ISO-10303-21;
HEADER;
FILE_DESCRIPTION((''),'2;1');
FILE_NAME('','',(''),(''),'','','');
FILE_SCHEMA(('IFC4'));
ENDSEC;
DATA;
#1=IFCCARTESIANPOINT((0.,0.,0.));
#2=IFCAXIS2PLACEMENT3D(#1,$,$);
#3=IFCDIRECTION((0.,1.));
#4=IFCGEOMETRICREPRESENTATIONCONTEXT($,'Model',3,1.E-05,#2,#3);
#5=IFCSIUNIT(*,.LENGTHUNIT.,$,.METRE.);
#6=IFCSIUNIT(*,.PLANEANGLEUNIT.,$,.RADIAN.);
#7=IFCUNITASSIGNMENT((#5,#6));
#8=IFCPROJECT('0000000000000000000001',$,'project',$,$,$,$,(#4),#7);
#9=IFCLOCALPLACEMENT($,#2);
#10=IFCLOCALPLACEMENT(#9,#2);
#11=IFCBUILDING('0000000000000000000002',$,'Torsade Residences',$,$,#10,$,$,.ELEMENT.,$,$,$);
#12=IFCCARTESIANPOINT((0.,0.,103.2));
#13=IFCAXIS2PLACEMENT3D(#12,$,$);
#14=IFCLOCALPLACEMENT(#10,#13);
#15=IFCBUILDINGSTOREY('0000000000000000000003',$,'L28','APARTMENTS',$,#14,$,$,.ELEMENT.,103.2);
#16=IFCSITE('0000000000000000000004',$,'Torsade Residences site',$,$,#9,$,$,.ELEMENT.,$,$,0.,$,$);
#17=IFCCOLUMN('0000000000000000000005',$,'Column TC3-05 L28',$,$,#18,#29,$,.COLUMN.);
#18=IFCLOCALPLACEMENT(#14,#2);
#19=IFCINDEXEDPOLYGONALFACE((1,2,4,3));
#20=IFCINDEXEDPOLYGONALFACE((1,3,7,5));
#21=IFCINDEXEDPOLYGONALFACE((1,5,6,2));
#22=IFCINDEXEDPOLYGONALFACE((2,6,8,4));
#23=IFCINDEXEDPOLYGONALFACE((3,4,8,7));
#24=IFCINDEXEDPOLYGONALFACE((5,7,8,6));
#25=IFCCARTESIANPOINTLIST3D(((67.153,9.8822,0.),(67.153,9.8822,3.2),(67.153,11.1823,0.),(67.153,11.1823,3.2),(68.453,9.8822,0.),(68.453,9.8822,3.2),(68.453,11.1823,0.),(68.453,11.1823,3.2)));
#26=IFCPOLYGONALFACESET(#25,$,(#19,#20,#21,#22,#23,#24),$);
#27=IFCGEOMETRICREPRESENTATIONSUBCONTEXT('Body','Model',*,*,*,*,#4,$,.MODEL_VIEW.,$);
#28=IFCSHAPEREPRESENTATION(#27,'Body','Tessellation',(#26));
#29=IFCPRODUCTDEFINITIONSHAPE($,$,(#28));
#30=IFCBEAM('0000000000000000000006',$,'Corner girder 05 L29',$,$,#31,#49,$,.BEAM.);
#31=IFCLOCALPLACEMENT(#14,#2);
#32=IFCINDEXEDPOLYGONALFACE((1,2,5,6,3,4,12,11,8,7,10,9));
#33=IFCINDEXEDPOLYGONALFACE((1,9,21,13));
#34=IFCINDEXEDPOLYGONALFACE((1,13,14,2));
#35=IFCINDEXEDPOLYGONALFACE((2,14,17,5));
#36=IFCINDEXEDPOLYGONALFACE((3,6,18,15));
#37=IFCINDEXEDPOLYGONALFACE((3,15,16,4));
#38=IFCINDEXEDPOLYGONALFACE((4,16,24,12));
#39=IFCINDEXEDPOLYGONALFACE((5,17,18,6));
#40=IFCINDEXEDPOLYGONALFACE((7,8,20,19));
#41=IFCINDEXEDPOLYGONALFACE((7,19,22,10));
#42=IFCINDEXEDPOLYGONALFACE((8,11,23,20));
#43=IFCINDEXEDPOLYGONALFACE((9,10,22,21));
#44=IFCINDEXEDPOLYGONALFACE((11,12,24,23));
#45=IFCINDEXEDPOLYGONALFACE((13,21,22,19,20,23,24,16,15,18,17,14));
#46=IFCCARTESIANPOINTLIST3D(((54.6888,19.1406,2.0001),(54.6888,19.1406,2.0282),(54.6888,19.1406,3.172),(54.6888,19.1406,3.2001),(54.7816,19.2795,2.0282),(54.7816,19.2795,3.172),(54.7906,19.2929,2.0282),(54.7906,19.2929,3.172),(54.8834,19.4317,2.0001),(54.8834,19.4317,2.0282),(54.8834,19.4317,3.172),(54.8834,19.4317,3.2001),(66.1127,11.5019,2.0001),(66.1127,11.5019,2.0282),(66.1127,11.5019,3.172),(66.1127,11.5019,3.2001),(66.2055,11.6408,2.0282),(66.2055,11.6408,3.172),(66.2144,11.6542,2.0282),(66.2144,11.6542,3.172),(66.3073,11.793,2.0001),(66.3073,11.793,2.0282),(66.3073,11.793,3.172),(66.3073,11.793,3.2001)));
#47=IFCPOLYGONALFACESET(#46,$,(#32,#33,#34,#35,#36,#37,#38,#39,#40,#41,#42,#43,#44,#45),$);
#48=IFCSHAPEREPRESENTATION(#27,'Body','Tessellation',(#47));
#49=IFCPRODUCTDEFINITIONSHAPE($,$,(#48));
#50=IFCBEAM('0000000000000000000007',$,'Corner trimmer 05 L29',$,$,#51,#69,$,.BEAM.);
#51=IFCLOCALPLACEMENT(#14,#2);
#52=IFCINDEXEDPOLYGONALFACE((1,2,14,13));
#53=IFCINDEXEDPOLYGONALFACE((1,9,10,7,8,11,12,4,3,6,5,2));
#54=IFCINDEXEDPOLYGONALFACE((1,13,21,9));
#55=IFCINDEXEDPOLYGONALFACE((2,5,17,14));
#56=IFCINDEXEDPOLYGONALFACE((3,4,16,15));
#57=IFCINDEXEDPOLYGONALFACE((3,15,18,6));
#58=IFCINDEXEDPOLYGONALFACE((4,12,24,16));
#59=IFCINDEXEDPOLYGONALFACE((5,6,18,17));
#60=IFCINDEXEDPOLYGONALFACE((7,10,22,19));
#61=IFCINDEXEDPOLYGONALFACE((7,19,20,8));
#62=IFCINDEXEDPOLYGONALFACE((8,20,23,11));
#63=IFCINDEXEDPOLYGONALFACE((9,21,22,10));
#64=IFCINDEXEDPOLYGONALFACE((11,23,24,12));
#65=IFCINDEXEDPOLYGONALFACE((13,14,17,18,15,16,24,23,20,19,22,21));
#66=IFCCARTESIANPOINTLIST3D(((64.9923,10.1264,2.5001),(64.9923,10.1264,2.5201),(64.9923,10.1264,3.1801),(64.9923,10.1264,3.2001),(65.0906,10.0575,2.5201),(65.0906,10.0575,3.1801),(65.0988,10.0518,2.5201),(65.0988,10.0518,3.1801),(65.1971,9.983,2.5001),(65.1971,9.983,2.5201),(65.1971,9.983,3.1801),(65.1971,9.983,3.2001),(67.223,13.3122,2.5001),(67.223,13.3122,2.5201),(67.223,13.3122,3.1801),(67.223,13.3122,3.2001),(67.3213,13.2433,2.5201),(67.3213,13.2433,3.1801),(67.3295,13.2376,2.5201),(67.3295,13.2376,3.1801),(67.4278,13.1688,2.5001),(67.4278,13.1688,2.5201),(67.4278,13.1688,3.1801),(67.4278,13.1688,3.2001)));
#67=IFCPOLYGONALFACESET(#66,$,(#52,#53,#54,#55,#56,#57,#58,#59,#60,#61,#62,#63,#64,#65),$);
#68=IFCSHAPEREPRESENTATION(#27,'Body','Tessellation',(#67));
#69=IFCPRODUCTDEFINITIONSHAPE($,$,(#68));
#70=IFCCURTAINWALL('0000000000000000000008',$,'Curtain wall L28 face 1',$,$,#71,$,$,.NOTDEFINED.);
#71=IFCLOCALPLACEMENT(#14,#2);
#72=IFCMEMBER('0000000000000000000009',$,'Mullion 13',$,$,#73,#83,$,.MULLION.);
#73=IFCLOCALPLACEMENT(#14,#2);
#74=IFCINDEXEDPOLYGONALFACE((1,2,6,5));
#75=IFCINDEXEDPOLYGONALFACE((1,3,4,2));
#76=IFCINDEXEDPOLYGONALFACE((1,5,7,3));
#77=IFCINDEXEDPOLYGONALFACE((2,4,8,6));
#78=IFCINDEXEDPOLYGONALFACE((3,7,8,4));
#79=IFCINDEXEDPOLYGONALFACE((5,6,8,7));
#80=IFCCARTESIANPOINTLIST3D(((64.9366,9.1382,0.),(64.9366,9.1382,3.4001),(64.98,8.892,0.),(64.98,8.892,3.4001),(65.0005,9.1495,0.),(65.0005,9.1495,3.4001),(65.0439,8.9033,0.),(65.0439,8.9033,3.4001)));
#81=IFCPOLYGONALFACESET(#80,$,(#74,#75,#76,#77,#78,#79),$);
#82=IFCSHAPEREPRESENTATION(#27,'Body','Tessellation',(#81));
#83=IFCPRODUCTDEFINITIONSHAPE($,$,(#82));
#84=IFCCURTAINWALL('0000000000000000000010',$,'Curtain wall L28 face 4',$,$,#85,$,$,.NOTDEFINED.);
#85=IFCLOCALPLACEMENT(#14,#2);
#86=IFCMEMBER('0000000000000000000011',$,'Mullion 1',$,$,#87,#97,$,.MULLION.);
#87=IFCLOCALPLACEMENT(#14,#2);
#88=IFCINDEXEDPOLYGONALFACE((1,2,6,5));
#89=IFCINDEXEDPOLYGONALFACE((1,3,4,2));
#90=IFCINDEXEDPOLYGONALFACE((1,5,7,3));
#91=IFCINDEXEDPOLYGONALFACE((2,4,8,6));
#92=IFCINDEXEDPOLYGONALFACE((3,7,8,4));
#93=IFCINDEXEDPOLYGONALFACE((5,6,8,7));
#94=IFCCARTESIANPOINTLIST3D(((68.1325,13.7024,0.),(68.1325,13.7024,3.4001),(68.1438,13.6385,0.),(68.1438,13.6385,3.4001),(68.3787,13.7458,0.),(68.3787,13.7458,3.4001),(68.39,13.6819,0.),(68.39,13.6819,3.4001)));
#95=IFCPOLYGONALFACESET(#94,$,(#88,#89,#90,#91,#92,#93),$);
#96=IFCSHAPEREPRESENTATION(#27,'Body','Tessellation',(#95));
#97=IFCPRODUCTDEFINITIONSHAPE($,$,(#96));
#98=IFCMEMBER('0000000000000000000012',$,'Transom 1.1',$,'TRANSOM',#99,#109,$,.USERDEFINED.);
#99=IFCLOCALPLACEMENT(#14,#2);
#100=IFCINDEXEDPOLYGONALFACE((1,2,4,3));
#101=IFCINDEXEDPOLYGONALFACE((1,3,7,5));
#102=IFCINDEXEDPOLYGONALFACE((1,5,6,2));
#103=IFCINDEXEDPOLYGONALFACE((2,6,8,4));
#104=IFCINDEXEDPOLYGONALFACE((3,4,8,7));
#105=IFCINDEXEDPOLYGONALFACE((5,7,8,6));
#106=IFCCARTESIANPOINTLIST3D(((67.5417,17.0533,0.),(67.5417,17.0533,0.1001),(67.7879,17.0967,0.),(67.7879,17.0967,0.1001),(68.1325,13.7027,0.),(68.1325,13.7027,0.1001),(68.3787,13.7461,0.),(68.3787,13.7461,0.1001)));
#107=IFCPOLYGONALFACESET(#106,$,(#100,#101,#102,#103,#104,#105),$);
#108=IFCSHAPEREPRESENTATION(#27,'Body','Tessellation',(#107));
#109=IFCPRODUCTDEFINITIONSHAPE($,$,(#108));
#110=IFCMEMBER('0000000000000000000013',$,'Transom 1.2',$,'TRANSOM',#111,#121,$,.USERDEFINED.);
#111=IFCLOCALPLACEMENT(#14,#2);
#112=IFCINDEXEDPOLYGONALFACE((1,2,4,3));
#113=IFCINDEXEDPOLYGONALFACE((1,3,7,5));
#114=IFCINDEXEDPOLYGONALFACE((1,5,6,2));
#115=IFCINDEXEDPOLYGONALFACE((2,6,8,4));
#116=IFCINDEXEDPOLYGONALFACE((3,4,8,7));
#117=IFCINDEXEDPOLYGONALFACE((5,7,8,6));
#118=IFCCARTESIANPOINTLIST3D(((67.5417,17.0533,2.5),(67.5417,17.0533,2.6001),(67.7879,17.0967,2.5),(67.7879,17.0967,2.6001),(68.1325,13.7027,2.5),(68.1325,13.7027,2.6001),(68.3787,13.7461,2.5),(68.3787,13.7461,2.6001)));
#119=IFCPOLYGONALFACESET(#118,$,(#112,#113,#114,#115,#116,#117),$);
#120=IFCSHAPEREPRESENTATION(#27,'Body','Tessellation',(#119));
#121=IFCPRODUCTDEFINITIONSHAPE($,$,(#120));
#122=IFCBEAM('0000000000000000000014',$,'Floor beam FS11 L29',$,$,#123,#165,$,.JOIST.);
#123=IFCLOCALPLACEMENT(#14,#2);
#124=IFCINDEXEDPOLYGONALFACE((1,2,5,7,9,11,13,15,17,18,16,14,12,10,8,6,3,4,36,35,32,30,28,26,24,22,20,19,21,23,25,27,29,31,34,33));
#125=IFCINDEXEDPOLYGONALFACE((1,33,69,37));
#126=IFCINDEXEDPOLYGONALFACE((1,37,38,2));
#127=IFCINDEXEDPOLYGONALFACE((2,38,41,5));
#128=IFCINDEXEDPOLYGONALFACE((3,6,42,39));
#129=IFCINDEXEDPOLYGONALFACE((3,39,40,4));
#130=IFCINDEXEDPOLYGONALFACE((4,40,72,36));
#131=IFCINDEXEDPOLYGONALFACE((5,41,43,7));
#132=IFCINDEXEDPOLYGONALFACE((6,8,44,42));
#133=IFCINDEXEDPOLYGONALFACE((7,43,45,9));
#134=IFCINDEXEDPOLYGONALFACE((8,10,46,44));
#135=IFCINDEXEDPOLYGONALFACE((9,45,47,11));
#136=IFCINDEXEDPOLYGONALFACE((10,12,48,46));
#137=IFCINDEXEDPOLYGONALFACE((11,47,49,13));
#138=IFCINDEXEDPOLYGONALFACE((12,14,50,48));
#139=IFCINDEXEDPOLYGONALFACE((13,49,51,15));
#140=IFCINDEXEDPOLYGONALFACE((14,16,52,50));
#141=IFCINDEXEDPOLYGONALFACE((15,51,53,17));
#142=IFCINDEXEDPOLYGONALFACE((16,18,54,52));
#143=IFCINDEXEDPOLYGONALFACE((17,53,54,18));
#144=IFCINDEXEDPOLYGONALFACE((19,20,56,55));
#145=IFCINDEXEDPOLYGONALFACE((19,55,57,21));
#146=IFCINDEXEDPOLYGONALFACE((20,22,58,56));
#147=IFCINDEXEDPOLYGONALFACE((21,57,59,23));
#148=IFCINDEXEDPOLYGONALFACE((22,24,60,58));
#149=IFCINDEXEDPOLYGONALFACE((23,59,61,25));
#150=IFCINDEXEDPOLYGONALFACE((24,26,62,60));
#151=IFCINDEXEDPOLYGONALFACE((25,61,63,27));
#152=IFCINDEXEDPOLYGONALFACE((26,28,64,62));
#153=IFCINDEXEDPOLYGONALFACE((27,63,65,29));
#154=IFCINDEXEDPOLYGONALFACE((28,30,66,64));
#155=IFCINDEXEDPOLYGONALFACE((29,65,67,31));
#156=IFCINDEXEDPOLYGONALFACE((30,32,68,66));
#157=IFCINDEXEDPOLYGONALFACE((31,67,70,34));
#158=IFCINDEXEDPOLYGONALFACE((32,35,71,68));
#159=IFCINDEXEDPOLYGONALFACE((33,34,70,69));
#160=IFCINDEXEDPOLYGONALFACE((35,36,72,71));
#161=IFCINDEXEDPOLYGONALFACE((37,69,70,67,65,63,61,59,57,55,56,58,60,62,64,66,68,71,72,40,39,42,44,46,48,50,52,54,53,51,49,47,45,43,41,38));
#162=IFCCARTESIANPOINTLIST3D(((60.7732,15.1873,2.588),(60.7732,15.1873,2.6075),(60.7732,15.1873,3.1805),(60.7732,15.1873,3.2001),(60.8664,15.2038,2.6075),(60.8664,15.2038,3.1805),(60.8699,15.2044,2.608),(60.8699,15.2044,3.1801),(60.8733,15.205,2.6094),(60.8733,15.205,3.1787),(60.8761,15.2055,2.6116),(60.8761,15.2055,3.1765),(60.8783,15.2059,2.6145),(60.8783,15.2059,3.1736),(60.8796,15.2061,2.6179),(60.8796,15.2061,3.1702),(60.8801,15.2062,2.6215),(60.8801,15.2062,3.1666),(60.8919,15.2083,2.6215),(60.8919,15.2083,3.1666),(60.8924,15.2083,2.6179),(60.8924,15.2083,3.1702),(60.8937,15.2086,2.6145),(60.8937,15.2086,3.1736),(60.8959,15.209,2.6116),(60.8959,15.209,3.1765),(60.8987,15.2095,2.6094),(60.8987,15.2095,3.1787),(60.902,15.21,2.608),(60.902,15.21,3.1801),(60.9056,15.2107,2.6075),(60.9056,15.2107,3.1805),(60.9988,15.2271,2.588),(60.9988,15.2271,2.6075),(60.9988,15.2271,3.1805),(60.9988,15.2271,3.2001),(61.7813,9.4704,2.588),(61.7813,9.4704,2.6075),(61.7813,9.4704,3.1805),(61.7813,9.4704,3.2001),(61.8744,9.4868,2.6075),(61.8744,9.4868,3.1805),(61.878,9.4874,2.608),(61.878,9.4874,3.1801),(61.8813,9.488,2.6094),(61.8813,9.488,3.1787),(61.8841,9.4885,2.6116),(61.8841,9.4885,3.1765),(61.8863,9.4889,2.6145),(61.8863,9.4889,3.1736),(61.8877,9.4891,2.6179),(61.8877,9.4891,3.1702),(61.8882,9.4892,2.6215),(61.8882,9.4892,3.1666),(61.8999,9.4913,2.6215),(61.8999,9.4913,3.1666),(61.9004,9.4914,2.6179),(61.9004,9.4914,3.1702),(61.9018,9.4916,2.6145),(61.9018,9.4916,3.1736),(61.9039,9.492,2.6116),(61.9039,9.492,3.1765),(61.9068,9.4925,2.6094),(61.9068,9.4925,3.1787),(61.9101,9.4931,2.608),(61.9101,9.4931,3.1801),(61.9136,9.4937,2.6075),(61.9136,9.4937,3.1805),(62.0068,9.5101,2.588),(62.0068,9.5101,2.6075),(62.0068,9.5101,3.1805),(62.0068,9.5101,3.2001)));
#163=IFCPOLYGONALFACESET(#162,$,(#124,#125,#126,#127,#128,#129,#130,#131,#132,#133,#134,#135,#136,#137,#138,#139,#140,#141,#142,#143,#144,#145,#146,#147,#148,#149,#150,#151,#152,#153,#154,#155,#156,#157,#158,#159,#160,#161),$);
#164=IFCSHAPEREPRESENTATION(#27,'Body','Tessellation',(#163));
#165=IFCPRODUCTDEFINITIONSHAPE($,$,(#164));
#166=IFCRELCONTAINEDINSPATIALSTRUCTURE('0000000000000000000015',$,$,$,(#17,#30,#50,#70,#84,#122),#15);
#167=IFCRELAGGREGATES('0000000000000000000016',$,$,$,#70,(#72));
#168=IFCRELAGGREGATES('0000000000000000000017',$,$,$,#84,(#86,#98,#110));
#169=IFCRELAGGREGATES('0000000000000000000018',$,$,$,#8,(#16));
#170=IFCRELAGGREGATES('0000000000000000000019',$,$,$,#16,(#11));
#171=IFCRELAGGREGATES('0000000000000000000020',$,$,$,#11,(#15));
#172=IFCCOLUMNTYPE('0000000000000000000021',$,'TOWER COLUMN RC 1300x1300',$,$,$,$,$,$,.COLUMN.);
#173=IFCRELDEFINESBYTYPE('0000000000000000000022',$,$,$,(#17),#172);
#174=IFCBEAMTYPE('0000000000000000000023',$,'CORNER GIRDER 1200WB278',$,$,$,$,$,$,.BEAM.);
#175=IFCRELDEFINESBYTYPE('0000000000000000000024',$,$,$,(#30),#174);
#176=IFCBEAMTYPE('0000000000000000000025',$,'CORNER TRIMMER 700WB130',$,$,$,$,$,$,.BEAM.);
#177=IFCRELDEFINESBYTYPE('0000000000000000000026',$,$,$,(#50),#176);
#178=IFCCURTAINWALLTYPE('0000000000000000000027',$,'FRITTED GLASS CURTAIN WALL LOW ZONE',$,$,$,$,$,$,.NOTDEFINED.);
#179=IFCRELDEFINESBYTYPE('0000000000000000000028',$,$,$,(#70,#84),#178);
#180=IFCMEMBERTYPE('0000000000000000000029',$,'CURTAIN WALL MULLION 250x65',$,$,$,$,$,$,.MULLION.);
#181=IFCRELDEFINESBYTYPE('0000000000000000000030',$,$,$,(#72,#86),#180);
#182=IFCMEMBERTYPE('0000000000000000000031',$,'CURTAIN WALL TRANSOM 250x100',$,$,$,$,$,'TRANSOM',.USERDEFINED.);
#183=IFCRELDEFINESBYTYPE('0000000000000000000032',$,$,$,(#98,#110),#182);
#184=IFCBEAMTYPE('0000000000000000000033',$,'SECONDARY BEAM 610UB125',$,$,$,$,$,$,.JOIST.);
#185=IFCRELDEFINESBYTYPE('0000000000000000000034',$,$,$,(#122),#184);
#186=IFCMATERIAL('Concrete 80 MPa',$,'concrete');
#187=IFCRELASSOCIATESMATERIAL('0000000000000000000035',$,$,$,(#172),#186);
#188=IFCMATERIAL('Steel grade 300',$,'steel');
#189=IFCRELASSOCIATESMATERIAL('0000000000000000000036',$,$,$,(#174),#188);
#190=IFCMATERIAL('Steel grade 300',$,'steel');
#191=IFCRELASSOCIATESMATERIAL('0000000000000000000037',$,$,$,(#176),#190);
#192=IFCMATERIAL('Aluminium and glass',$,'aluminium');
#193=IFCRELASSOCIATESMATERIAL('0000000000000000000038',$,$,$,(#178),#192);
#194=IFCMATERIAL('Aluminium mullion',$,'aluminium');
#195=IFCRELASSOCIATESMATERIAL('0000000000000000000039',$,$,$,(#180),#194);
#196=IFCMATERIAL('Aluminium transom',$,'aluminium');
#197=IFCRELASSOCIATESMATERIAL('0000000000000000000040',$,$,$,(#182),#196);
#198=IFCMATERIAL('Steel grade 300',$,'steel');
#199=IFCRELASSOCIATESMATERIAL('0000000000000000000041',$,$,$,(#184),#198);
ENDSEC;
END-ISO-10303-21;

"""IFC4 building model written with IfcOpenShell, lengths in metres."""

from ifc_helpers import new_model, si_unit, direction, frame, origin, origin_2d, place, context, subcontext, project, spatial, rectangle, i_section, extrude, material, material_profile, profile_set, type_object, element, aggregate, save


model = new_model("IFC4")

# Units and contexts
model_context = context("Model", 3, precision=1e-05, world=origin(), true_north=direction((0.0, 1.0)))
body_context = subcontext(model_context, "Body", "Model", "MODEL_VIEW")
ifc_project = project(units=[si_unit("LENGTHUNIT", "METRE"), si_unit("PLANEANGLEUNIT", "RADIAN")], contexts=[model_context])

# Site, building, storey
site_placement = place(None, origin())
site = spatial("IfcSite", under=ifc_project, at=site_placement, Name="Torsade Residences site", CompositionType="ELEMENT", RefElevation=0.0)
building_placement = place(site_placement, origin())
building = spatial("IfcBuilding", under=site, at=building_placement, Name="Torsade Residences", CompositionType="ELEMENT")
storey_placement = place(building_placement, frame((0.0, 0.0, 103.2)))
storey = spatial("IfcBuildingStorey", under=building, at=storey_placement, Name="L28", Description="APARTMENTS", CompositionType="ELEMENT", Elevation=103.2)

# Column
ifc_material_1 = material(Name="Concrete 80 MPa", Category="concrete")
ifc_material_profile_1 = material_profile(ifc_material_1, rectangle(XDim=1.3, YDim=1.3, at=origin_2d()), Name="RC 1300x1300")
ifc_profile_set_1 = profile_set([ifc_material_profile_1], Name="Concrete 80 MPa")
column_type = type_object("IfcColumnType", Name="TOWER COLUMN RC 1300x1300", PredefinedType="COLUMN", material=ifc_profile_set_1)
column_placement = place(storey_placement, frame((67.803, 10.5322, 0.0), z_axis=(0.0, 0.0, 1.0), x_axis=(1.0, 0.0, 0.0)))
element("IfcColumn", 1, at=column_placement, inside=storey, type_object=column_type, Name="Column TC3-05 L28", PredefinedType="COLUMN", context=body_context, shape_type="SweptSolid", body=[
    extrude(rectangle(XDim=1.3, YDim=1.3, at=origin_2d()), origin(), (0.0, 0.0, 1.0), 3.2),
])

# Beams
ifc_material_2 = material(Name="Steel grade 300", Category="steel")
ifc_material_profile_2 = material_profile(ifc_material_2, i_section(OverallWidth=0.3501, OverallDepth=1.2, WebThickness=0.0161, FlangeThickness=0.0281, at=origin_2d()), Name="1200WB278")
ifc_profile_set_2 = profile_set([ifc_material_profile_2], Name="Steel grade 300")
beam_type_1 = type_object("IfcBeamType", Name="CORNER GIRDER 1200WB278", PredefinedType="BEAM", material=ifc_profile_set_2)
beam_1_placement = place(storey_placement, frame((66.21, 11.6475, 2.6001), z_axis=(-0.831284, 0.555848, 0.0), x_axis=(-0.555848, -0.831284, 0.0)))
element("IfcBeam", 2, at=beam_1_placement, inside=storey, type_object=beam_type_1, Name="Corner girder 05 L29", PredefinedType="BEAM", context=body_context, shape_type="SweptSolid", body=[
    extrude(i_section(OverallWidth=0.3501, OverallDepth=1.2, WebThickness=0.0161, FlangeThickness=0.0281, at=origin_2d()), origin(), (0.0, 0.0, 1.0), 13.7424),
])
ifc_material_3 = material(Name="Steel grade 300", Category="steel")
ifc_material_profile_3 = material_profile(ifc_material_3, i_section(OverallWidth=0.25, OverallDepth=0.7, WebThickness=0.01, FlangeThickness=0.02, at=origin_2d()), Name="700WB130")
ifc_profile_set_3 = profile_set([ifc_material_profile_3], Name="Steel grade 300")
beam_type_2 = type_object("IfcBeamType", Name="CORNER TRIMMER 700WB130", PredefinedType="BEAM", material=ifc_profile_set_3)
beam_2_placement = place(storey_placement, frame((67.3254, 13.2405, 2.8501), z_axis=(-0.573576, -0.819152, 0.0), x_axis=(0.819152, -0.573576, 0.0)))
element("IfcBeam", 3, at=beam_2_placement, inside=storey, type_object=beam_type_2, Name="Corner trimmer 05 L29", PredefinedType="BEAM", context=body_context, shape_type="SweptSolid", body=[
    extrude(i_section(OverallWidth=0.25, OverallDepth=0.7, WebThickness=0.01, FlangeThickness=0.02, at=origin_2d()), origin(), (0.0, 0.0, 1.0), 3.8892),
])

# Curtain wall, member
ifc_material_4 = material(Name="Aluminium and glass", Category="aluminium")
curtain_wall_type = type_object("IfcCurtainWallType", Name="FRITTED GLASS CURTAIN WALL LOW ZONE", PredefinedType="NOTDEFINED", material=ifc_material_4)
curtain_wall_1_placement = place(storey_placement, origin())
curtain_wall_1 = element("IfcCurtainWall", 4, at=curtain_wall_1_placement, inside=storey, type_object=curtain_wall_type, Name="Curtain wall L28 face 1", PredefinedType="NOTDEFINED")
ifc_material_5 = material(Name="Aluminium mullion", Category="aluminium")
ifc_material_profile_4 = material_profile(ifc_material_5, rectangle(XDim=0.25, YDim=0.0649, at=origin_2d()), Name="CURTAIN WALL MULLION 250x65")
ifc_profile_set_4 = profile_set([ifc_material_profile_4], Name="Aluminium mullion")
member_type_1 = type_object("IfcMemberType", Name="CURTAIN WALL MULLION 250x65", PredefinedType="MULLION", material=ifc_profile_set_4)
member_1_placement = place(storey_placement, frame((64.9902, 9.0208, 0.0), z_axis=(0.0, 0.0, 1.0), x_axis=(-0.173648, 0.984808, 0.0)))
member_1 = element("IfcMember", 5, at=member_1_placement, type_object=member_type_1, Name="Mullion 13", PredefinedType="MULLION", context=body_context, shape_type="SweptSolid", body=[
    extrude(rectangle(XDim=0.25, YDim=0.0649, at=origin_2d()), origin(), (0.0, 0.0, 1.0), 3.4001),
])

# Curtain wall, members
curtain_wall_2_placement = place(storey_placement, origin())
curtain_wall_2 = element("IfcCurtainWall", 6, at=curtain_wall_2_placement, inside=storey, type_object=curtain_wall_type, Name="Curtain wall L28 face 4", PredefinedType="NOTDEFINED")
member_2_placement = place(storey_placement, frame((68.2612, 13.6921, 0.0), z_axis=(0.0, 0.0, 1.0), x_axis=(-0.984808, -0.173648, 0.0)))
member_2 = element("IfcMember", 7, at=member_2_placement, type_object=member_type_1, Name="Mullion 1", PredefinedType="MULLION", context=body_context, shape_type="SweptSolid", body=[
    extrude(rectangle(XDim=0.25, YDim=0.0649, at=origin_2d()), origin(), (0.0, 0.0, 1.0), 3.4001),
])
ifc_material_6 = material(Name="Aluminium transom", Category="aluminium")
ifc_material_profile_5 = material_profile(ifc_material_6, rectangle(XDim=0.25, YDim=0.1001, at=origin_2d()), Name="CURTAIN WALL TRANSOM 250x100")
ifc_profile_set_5 = profile_set([ifc_material_profile_5], Name="Aluminium transom")
member_type_2 = type_object("IfcMemberType", Name="CURTAIN WALL TRANSOM 250x100", ElementType="TRANSOM", PredefinedType="USERDEFINED", material=ifc_profile_set_5)
member_3_placement = place(storey_placement, frame((68.2556, 13.7244, 0.05), z_axis=(-0.173654, 0.984807, 0.0), x_axis=(-0.984807, -0.173654, 0.0)))
member_3 = element("IfcMember", 8, at=member_3_placement, type_object=member_type_2, Name="Transom 1.1", ObjectType="TRANSOM", PredefinedType="USERDEFINED", context=body_context, shape_type="SweptSolid", body=[
    extrude(rectangle(XDim=0.25, YDim=0.1001, at=origin_2d()), origin(), (0.0, 0.0, 1.0), 3.4023),
])
member_4_placement = place(storey_placement, frame((68.2556, 13.7244, 2.55), z_axis=(-0.173654, 0.984807, 0.0), x_axis=(-0.984807, -0.173654, 0.0)))
member_4 = element("IfcMember", 9, at=member_4_placement, type_object=member_type_2, Name="Transom 1.2", ObjectType="TRANSOM", PredefinedType="USERDEFINED", context=body_context, shape_type="SweptSolid", body=[
    extrude(rectangle(XDim=0.25, YDim=0.1001, at=origin_2d()), origin(), (0.0, 0.0, 1.0), 3.4023),
])

# Beam
ifc_material_7 = material(Name="Steel grade 300", Category="steel")
ifc_material_profile_6 = material_profile(ifc_material_7, i_section(OverallWidth=0.229, OverallDepth=0.6121, WebThickness=0.012, FlangeThickness=0.0195, FilletRadius=0.0139, at=origin_2d()), Name="610UB125")
ifc_profile_set_6 = profile_set([ifc_material_profile_6], Name="Steel grade 300")
beam_type_3 = type_object("IfcBeamType", Name="SECONDARY BEAM 610UB125", PredefinedType="JOIST", material=ifc_profile_set_6)
beam_3_placement = place(storey_placement, frame((61.894, 9.4902, 2.894), z_axis=(-0.173646, 0.984808, 0.0), x_axis=(-0.984808, -0.173646, 0.0)))
element("IfcBeam", 10, at=beam_3_placement, inside=storey, type_object=beam_type_3, Name="Floor beam FS11 L29", PredefinedType="JOIST", context=body_context, shape_type="SweptSolid", body=[
    extrude(i_section(OverallWidth=0.229, OverallDepth=0.6121, WebThickness=0.012, FlangeThickness=0.0195, FilletRadius=0.0139, at=origin_2d()), origin(), (0.0, 0.0, 1.0), 5.8052),
])

aggregate(curtain_wall_1, [member_1])
aggregate(curtain_wall_2, [member_2, member_3, member_4])

save(model, "model.ifc")
